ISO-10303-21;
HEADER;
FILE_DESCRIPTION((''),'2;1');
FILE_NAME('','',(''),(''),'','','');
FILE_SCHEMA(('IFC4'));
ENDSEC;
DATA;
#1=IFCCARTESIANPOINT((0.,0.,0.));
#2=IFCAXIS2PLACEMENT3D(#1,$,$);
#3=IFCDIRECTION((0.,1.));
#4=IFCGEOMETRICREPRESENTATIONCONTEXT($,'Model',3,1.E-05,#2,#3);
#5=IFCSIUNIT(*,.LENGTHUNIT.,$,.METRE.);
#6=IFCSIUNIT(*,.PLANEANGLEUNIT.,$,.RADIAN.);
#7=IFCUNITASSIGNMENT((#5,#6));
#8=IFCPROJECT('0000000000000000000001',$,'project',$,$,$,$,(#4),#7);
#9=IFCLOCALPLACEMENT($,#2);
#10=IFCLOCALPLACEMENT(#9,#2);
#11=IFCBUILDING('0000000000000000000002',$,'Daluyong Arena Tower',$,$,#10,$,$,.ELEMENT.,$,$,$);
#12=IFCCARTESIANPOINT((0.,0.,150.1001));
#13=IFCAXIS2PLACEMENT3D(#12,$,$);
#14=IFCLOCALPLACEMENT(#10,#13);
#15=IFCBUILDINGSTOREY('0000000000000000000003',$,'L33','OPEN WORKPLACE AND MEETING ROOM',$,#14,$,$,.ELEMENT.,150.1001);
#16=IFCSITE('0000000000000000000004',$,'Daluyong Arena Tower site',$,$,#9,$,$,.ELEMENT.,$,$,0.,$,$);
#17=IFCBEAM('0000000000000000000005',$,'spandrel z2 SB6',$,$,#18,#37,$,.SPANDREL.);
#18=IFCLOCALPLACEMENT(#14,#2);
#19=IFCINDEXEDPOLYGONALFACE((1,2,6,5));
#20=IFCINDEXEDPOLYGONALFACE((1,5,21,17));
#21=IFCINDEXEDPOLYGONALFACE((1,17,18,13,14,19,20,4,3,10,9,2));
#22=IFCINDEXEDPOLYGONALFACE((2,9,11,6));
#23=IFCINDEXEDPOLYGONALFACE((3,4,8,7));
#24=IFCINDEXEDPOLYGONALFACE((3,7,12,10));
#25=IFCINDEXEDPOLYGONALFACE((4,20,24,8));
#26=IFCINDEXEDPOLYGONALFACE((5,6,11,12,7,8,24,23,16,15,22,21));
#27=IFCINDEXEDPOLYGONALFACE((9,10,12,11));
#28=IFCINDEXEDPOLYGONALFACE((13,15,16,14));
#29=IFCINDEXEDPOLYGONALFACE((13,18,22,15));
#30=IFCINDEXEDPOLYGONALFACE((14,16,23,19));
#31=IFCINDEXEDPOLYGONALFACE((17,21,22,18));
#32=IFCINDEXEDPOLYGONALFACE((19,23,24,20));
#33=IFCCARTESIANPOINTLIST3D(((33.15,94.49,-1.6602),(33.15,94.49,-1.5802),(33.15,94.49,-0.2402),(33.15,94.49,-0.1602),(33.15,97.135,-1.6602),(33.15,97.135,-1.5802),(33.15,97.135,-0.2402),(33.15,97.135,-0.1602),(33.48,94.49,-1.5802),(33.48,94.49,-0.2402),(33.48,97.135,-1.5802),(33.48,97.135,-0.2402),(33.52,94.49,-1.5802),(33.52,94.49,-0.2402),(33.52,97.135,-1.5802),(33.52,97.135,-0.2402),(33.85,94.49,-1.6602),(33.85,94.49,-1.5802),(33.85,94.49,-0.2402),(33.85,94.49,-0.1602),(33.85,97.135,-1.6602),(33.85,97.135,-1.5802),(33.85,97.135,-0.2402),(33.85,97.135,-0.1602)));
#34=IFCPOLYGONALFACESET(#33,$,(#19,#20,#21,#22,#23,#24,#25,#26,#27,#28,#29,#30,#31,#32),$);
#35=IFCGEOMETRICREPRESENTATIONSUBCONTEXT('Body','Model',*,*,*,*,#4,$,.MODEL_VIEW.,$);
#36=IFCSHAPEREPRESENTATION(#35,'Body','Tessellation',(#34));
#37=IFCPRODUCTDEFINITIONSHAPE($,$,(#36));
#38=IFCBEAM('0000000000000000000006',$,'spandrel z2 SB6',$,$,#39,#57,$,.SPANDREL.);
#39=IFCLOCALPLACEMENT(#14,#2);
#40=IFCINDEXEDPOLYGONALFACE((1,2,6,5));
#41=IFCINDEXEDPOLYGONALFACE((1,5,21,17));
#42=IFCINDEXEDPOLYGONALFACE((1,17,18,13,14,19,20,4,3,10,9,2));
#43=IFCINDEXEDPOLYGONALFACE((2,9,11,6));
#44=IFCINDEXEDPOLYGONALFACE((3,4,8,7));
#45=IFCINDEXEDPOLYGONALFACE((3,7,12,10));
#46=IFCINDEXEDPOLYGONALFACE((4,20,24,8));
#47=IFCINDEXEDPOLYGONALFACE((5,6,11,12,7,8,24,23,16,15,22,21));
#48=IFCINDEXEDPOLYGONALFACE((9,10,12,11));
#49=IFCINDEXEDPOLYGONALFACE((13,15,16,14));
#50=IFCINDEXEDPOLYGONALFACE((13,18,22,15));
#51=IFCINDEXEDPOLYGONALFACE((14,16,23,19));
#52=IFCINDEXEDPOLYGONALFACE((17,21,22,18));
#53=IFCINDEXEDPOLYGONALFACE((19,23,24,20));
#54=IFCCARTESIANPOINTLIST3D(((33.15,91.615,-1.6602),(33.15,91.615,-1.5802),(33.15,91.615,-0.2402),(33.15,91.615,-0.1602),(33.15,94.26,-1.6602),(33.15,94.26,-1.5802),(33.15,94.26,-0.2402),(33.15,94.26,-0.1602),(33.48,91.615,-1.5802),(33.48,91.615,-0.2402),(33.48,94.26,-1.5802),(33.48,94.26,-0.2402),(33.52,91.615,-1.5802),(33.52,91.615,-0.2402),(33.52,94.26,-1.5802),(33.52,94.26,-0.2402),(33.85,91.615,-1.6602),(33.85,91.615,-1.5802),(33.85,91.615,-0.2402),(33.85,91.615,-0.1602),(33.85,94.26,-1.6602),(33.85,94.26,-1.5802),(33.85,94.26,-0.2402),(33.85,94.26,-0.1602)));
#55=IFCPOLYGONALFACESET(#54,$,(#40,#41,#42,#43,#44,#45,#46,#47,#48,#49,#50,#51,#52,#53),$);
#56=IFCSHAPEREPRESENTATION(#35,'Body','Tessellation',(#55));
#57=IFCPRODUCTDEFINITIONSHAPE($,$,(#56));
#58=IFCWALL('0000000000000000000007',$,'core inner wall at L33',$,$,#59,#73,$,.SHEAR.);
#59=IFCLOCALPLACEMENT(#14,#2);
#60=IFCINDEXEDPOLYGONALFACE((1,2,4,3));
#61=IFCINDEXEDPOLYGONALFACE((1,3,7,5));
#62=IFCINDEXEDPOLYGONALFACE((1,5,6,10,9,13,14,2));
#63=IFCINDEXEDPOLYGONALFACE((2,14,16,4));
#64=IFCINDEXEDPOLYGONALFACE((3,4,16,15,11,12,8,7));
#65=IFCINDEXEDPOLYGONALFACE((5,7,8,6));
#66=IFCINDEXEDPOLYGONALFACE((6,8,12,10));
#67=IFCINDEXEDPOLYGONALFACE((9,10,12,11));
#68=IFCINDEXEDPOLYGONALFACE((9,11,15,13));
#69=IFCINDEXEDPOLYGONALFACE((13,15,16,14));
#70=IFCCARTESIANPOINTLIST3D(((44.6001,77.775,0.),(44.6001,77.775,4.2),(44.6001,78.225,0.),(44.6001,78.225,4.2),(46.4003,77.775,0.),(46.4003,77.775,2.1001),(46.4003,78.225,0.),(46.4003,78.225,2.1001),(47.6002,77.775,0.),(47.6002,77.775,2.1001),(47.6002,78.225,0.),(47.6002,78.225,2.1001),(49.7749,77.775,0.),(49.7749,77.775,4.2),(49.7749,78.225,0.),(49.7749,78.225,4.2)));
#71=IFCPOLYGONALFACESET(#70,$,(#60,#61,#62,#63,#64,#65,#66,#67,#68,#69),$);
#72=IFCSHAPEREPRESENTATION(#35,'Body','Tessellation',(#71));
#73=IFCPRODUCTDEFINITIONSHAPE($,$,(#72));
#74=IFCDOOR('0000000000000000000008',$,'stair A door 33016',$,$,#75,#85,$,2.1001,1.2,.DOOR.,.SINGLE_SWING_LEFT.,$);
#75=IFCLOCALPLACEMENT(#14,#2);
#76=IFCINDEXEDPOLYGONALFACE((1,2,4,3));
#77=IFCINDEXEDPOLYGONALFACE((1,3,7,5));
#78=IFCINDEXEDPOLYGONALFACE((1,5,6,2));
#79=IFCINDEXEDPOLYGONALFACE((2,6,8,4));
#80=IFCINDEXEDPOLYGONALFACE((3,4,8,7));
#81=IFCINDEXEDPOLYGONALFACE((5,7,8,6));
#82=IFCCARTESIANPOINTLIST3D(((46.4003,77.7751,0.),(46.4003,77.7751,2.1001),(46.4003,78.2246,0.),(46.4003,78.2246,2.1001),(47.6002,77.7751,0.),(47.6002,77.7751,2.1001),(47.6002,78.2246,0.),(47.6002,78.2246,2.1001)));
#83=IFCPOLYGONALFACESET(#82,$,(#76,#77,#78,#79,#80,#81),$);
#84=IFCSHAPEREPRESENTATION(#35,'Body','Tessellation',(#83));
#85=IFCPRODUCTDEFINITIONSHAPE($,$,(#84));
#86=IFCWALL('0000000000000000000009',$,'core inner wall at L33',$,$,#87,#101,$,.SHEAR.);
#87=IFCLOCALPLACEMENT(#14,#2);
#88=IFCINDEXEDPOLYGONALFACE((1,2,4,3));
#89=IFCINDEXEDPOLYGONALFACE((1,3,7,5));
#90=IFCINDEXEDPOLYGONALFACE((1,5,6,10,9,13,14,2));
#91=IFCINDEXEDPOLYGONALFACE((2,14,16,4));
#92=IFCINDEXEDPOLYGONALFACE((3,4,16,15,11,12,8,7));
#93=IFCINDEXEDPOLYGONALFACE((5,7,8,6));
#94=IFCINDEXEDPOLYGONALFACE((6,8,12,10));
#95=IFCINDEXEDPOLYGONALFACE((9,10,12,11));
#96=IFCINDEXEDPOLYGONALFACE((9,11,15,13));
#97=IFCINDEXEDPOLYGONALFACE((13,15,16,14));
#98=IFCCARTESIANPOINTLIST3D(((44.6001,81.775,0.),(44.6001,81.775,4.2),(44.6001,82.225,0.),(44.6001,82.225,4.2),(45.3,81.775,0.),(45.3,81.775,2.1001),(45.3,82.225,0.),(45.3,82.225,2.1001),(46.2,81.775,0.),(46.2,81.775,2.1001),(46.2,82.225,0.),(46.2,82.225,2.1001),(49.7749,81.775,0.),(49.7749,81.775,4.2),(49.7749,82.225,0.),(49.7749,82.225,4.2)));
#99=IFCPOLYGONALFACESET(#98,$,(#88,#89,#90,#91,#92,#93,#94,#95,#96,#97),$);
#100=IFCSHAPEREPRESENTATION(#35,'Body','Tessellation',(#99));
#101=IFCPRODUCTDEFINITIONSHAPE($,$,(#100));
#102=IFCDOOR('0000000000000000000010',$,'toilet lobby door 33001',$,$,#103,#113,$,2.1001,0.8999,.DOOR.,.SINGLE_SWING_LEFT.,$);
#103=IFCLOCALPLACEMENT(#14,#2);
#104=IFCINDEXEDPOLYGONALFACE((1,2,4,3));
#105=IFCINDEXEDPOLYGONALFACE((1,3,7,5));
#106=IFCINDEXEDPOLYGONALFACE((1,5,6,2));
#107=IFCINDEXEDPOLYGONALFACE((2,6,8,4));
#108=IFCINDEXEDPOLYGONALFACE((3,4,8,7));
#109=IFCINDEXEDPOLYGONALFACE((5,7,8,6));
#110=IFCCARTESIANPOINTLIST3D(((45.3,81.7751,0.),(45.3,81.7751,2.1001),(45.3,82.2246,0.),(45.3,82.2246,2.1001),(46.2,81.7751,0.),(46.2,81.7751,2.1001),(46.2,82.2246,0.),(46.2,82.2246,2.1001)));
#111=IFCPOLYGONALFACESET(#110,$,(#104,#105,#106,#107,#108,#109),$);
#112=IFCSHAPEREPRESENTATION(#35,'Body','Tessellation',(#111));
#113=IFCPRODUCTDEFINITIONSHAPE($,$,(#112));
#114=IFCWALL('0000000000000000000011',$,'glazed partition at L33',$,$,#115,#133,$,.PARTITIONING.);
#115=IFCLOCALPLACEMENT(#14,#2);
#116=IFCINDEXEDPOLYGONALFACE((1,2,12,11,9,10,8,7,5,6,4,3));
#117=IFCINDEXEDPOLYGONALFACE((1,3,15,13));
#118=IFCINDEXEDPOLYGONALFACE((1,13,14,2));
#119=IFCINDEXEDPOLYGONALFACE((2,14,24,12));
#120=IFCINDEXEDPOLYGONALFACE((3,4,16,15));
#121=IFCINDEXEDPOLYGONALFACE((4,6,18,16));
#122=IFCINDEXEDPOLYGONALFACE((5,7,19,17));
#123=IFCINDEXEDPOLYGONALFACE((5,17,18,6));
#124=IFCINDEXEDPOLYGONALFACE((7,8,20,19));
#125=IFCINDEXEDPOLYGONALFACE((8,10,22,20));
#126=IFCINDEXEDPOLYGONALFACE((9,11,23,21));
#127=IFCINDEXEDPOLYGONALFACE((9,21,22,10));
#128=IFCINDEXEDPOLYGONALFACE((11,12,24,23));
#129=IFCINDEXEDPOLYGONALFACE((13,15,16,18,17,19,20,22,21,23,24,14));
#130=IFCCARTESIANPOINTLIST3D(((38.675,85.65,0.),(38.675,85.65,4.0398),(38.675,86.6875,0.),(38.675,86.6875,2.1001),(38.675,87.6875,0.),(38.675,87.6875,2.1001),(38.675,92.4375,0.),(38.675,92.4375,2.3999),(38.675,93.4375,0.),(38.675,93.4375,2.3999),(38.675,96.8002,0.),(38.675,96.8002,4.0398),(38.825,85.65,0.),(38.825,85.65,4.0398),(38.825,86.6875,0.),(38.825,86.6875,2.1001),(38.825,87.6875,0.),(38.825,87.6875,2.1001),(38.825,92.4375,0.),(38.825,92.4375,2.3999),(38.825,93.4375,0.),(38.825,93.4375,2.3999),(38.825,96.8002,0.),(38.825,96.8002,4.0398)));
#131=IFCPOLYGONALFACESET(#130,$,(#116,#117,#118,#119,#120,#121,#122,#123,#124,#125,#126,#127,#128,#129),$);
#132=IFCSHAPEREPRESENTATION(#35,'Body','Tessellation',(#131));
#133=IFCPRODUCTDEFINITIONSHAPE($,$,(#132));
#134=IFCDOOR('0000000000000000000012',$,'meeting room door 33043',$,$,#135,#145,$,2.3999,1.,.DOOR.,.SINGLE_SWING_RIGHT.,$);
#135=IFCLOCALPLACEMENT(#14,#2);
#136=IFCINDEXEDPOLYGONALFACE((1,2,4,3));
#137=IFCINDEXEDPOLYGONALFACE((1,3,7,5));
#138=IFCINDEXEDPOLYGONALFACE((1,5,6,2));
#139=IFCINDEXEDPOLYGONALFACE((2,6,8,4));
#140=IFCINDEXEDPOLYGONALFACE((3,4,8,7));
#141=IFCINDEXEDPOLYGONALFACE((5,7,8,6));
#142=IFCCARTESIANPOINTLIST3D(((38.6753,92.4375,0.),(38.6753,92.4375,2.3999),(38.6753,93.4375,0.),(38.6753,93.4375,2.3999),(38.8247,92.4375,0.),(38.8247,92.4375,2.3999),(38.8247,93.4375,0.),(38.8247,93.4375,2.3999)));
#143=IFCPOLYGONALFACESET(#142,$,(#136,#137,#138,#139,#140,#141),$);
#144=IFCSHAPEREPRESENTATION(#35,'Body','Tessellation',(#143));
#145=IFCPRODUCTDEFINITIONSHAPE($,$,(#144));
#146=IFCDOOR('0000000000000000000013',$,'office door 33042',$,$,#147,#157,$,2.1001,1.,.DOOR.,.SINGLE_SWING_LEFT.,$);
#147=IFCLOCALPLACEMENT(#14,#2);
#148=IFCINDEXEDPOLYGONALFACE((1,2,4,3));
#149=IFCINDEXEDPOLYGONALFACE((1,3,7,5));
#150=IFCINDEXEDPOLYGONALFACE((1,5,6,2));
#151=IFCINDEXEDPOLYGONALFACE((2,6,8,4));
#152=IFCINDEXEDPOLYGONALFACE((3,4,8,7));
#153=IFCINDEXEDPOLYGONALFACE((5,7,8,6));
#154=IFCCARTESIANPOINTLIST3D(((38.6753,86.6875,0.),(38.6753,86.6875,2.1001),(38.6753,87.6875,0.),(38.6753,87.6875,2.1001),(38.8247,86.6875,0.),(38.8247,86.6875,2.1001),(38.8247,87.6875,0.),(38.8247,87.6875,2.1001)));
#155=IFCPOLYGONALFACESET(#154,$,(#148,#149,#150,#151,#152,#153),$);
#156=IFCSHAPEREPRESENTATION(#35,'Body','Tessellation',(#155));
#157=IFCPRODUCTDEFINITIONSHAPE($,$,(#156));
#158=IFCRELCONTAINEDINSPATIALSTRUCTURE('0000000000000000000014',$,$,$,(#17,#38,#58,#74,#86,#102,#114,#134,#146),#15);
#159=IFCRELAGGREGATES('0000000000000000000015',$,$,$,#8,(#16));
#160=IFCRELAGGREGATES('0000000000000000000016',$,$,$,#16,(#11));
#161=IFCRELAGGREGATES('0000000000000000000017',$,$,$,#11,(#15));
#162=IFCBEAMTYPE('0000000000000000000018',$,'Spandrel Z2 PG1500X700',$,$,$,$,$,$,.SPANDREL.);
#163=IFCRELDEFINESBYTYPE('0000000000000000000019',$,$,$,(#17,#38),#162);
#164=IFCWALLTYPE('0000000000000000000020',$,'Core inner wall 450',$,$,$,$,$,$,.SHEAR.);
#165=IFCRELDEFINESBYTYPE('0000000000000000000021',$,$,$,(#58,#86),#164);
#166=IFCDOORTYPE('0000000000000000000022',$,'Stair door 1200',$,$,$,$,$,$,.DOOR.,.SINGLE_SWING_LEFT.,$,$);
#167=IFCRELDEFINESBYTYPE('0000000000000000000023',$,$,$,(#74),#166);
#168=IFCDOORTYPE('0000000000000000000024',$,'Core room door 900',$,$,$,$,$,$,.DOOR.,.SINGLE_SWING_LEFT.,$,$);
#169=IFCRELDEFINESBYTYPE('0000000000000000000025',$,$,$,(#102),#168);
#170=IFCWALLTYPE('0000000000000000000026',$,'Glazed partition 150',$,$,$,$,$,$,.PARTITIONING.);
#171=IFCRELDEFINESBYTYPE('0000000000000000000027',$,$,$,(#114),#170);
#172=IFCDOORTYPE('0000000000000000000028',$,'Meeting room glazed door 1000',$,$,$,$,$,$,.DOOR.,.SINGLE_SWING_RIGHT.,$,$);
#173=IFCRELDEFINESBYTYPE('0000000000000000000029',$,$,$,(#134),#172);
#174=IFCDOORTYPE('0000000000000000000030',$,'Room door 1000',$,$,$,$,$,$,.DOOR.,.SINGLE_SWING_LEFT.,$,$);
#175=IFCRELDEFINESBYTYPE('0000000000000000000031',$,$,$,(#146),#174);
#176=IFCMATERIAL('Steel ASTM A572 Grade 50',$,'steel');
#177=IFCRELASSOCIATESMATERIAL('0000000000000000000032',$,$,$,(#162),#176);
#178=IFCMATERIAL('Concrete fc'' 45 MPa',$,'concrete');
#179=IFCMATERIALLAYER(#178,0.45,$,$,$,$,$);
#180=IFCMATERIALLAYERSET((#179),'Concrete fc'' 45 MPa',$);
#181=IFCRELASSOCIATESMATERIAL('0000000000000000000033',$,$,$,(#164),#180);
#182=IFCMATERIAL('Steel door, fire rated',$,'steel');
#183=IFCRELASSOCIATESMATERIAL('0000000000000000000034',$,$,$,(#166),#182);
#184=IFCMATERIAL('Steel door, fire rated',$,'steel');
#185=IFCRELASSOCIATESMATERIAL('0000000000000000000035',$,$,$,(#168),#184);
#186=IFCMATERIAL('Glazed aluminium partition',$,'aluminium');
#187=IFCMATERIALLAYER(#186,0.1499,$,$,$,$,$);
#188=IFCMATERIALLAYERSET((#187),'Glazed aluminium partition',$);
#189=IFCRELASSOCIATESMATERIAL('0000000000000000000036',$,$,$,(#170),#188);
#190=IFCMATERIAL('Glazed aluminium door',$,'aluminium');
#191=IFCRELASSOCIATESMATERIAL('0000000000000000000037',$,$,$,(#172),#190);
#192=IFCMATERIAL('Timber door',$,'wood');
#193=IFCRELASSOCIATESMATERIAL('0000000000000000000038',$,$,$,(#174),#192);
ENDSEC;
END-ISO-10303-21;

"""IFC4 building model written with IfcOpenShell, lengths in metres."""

from ifc_helpers import new_model, si_unit, direction, frame, frame_2d, origin, origin_2d, place, context, subcontext, project, spatial, rectangle, i_section, extrude, material, layer, layer_set, material_profile, profile_set, type_object, element, fill, save


model = new_model("IFC4")

# Units and contexts
model_context = context("Model", 3, precision=1e-05, world=origin(), true_north=direction((0.0, 1.0)))
body_context = subcontext(model_context, "Body", "Model", "MODEL_VIEW")
ifc_project = project(units=[si_unit("LENGTHUNIT", "METRE"), si_unit("PLANEANGLEUNIT", "RADIAN")], contexts=[model_context])

# Site, building, storey
site_placement = place(None, origin())
site = spatial("IfcSite", under=ifc_project, at=site_placement, Name="Daluyong Arena Tower site", CompositionType="ELEMENT", RefElevation=0.0)
building_placement = place(site_placement, origin())
building = spatial("IfcBuilding", under=site, at=building_placement, Name="Daluyong Arena Tower", CompositionType="ELEMENT")
storey_placement = place(building_placement, frame((0.0, 0.0, 150.1001)))
storey = spatial("IfcBuildingStorey", under=building, at=storey_placement, Name="L33", Description="OPEN WORKPLACE AND MEETING ROOM", CompositionType="ELEMENT", Elevation=150.1001)

# Beams
ifc_material_1 = material(Name="Steel ASTM A572 Grade 50", Category="steel")
ifc_material_profile_1 = material_profile(ifc_material_1, i_section(OverallWidth=0.7, OverallDepth=1.5, WebThickness=0.04, FlangeThickness=0.08, at=origin_2d()))
ifc_profile_set_1 = profile_set([ifc_material_profile_1], Name="Steel ASTM A572 Grade 50")
beam_type_1 = type_object("IfcBeamType", Name="Spandrel Z2 PG1500X700", PredefinedType="SPANDREL", material=ifc_profile_set_1)
for number, where, z_axis, x_axis, name in (
    (1, (33.5, 97.135, -0.9102), (0.0, -1.0, 0.0), (1.0, 0.0, 0.0), "spandrel z2 SB6"),
    (2, (33.5, 94.26, -0.9102), (0.0, -1.0, 0.0), (1.0, 0.0, 0.0), "spandrel z2 SB6"),
):
    element("IfcBeam", number, at=place(storey_placement, frame(where, z_axis=z_axis, x_axis=x_axis)), inside=storey, type_object=beam_type_1, Name=name, PredefinedType="SPANDREL", context=body_context, shape_type="SweptSolid", body=[
        extrude(i_section(OverallWidth=0.7, OverallDepth=1.5, WebThickness=0.04, FlangeThickness=0.08, at=origin_2d()), origin(), (0.0, 0.0, 1.0), 2.645),
    ])

# Walls, openings, doors
ifc_material_2 = material(Name="Concrete fc' 45 MPa", Category="concrete")
ifc_layer_1 = layer(ifc_material_2, 0.45)
ifc_layer_set_1 = layer_set([ifc_layer_1], Name="Concrete fc' 45 MPa")
wall_type_1 = type_object("IfcWallType", Name="Core inner wall 450", PredefinedType="SHEAR", material=ifc_layer_set_1)
wall_1_placement = place(storey_placement, frame((44.6001, 78.0, 0.0), z_axis=(0.0, 0.0, 1.0), x_axis=(1.0, 0.0, 0.0)))
wall_1 = element("IfcWall", 3, at=wall_1_placement, inside=storey, type_object=wall_type_1, Name="core inner wall at L33", PredefinedType="SHEAR", context=body_context, shape_type="SweptSolid", body=[
    extrude(rectangle(XDim=5.1748, YDim=0.45, at=frame_2d((2.5874, 0.0))), origin(), (0.0, 0.0, 1.0), 4.2),
])
opening_1_placement = place(wall_1_placement, frame((1.8, 0.0, 0.0)))
opening_1 = element("IfcOpeningElement", 4, at=opening_1_placement, cuts=wall_1, PredefinedType="OPENING", context=body_context, shape_type="SweptSolid", body=[
    extrude(rectangle(XDim=1.2, YDim=2.1001, at=frame_2d((0.6001, 1.05))), frame((0.0, 0.2349, 0.0), z_axis=(0.0, -1.0, 0.0), x_axis=(1.0, 0.0, 0.0)), (0.0, 0.0, 1.0), 0.47),
])
ifc_material_3 = material(Name="Steel door, fire rated", Category="steel")
door_type_1 = type_object("IfcDoorType", Name="Stair door 1200", OperationType="SINGLE_SWING_LEFT", PredefinedType="DOOR", material=ifc_material_3)
door_1_placement = place(opening_1_placement, origin())
door_1 = element("IfcDoor", 5, at=door_1_placement, inside=storey, type_object=door_type_1, Name="stair A door 33016", OperationType="SINGLE_SWING_LEFT", OverallHeight=2.1001, OverallWidth=1.2, PredefinedType="DOOR", context=body_context, shape_type="SweptSolid", body=[
    extrude(rectangle(XDim=1.2, YDim=2.1001, at=frame_2d((0.6001, 1.05))), frame((0.0, 0.2246, 0.0), z_axis=(0.0, -1.0, 0.0), x_axis=(1.0, 0.0, 0.0)), (0.0, 0.0, 1.0), 0.4495),
])
fill(opening_1, door_1)
wall_2_placement = place(storey_placement, frame((44.6001, 82.0, 0.0), z_axis=(0.0, 0.0, 1.0), x_axis=(1.0, 0.0, 0.0)))
wall_2 = element("IfcWall", 6, at=wall_2_placement, inside=storey, type_object=wall_type_1, Name="core inner wall at L33", PredefinedType="SHEAR", context=body_context, shape_type="SweptSolid", body=[
    extrude(rectangle(XDim=5.1748, YDim=0.45, at=frame_2d((2.5874, 0.0))), origin(), (0.0, 0.0, 1.0), 4.2),
])
opening_2_placement = place(wall_2_placement, frame((0.7, 0.0, 0.0)))
opening_2 = element("IfcOpeningElement", 7, at=opening_2_placement, cuts=wall_2, PredefinedType="OPENING", context=body_context, shape_type="SweptSolid", body=[
    extrude(rectangle(XDim=0.8999, YDim=2.1001, at=frame_2d((0.45, 1.05))), frame((0.0, 0.2349, 0.0), z_axis=(0.0, -1.0, 0.0), x_axis=(1.0, 0.0, 0.0)), (0.0, 0.0, 1.0), 0.47),
])
ifc_material_4 = material(Name="Steel door, fire rated", Category="steel")
door_type_2 = type_object("IfcDoorType", Name="Core room door 900", OperationType="SINGLE_SWING_LEFT", PredefinedType="DOOR", material=ifc_material_4)
door_2_placement = place(opening_2_placement, origin())
door_2 = element("IfcDoor", 8, at=door_2_placement, inside=storey, type_object=door_type_2, Name="toilet lobby door 33001", OperationType="SINGLE_SWING_LEFT", OverallHeight=2.1001, OverallWidth=0.8999, PredefinedType="DOOR", context=body_context, shape_type="SweptSolid", body=[
    extrude(rectangle(XDim=0.8999, YDim=2.1001, at=frame_2d((0.45, 1.05))), frame((0.0, 0.2246, 0.0), z_axis=(0.0, -1.0, 0.0), x_axis=(1.0, 0.0, 0.0)), (0.0, 0.0, 1.0), 0.4495),
])
fill(opening_2, door_2)

# Wall, openings, doors
ifc_material_5 = material(Name="Glazed aluminium partition", Category="aluminium")
ifc_layer_2 = layer(ifc_material_5, 0.1499)
ifc_layer_set_2 = layer_set([ifc_layer_2], Name="Glazed aluminium partition")
wall_type_2 = type_object("IfcWallType", Name="Glazed partition 150", PredefinedType="PARTITIONING", material=ifc_layer_set_2)
wall_3_placement = place(storey_placement, frame((38.75, 85.6499, 0.0), z_axis=(0.0, 0.0, 1.0), x_axis=(0.0, 1.0, 0.0)))
wall_3 = element("IfcWall", 9, at=wall_3_placement, inside=storey, type_object=wall_type_2, Name="glazed partition at L33", PredefinedType="PARTITIONING", context=body_context, shape_type="SweptSolid", body=[
    extrude(rectangle(XDim=11.1501, YDim=0.1499, at=frame_2d((5.5752, 0.0))), origin(), (0.0, 0.0, 1.0), 4.0398),
])
opening_3_placement = place(wall_3_placement, frame((1.0376, 0.0, 0.0)))
opening_3 = element("IfcOpeningElement", 10, at=opening_3_placement, cuts=wall_3, PredefinedType="OPENING", context=body_context, shape_type="SweptSolid", body=[
    extrude(rectangle(XDim=1.0, YDim=2.1001, at=frame_2d((0.5, 1.05))), frame((0.0, 0.085, 0.0), z_axis=(0.0, -1.0, 0.0), x_axis=(1.0, 0.0, 0.0)), (0.0, 0.0, 1.0), 0.1699),
])
opening_4_placement = place(wall_3_placement, frame((6.7876, 0.0, 0.0)))
opening_4 = element("IfcOpeningElement", 11, at=opening_4_placement, cuts=wall_3, PredefinedType="OPENING", context=body_context, shape_type="SweptSolid", body=[
    extrude(rectangle(XDim=1.0, YDim=2.3999, at=frame_2d((0.5, 1.2))), frame((0.0, 0.085, 0.0), z_axis=(0.0, -1.0, 0.0), x_axis=(1.0, 0.0, 0.0)), (0.0, 0.0, 1.0), 0.1699),
])
ifc_material_6 = material(Name="Glazed aluminium door", Category="aluminium")
door_type_3 = type_object("IfcDoorType", Name="Meeting room glazed door 1000", OperationType="SINGLE_SWING_RIGHT", PredefinedType="DOOR", material=ifc_material_6)
door_3_placement = place(opening_4_placement, origin())
door_3 = element("IfcDoor", 12, at=door_3_placement, inside=storey, type_object=door_type_3, Name="meeting room door 33043", OperationType="SINGLE_SWING_RIGHT", OverallHeight=2.3999, OverallWidth=1.0, PredefinedType="DOOR", context=body_context, shape_type="SweptSolid", body=[
    extrude(rectangle(XDim=1.0, YDim=2.3999, at=frame_2d((0.5, 1.2))), frame((0.0, 0.0747, 0.0), z_axis=(0.0, -1.0, 0.0), x_axis=(1.0, 0.0, 0.0)), (0.0, 0.0, 1.0), 0.1494),
])
fill(opening_4, door_3)
ifc_material_7 = material(Name="Timber door", Category="wood")
door_type_4 = type_object("IfcDoorType", Name="Room door 1000", OperationType="SINGLE_SWING_LEFT", PredefinedType="DOOR", material=ifc_material_7)
door_4_placement = place(opening_3_placement, origin())
door_4 = element("IfcDoor", 13, at=door_4_placement, inside=storey, type_object=door_type_4, Name="office door 33042", OperationType="SINGLE_SWING_LEFT", OverallHeight=2.1001, OverallWidth=1.0, PredefinedType="DOOR", context=body_context, shape_type="SweptSolid", body=[
    extrude(rectangle(XDim=1.0, YDim=2.1001, at=frame_2d((0.5, 1.05))), frame((0.0, 0.0747, 0.0), z_axis=(0.0, -1.0, 0.0), x_axis=(1.0, 0.0, 0.0)), (0.0, 0.0, 1.0), 0.1494),
])
fill(opening_3, door_4)

save(model, "model.ifc")
